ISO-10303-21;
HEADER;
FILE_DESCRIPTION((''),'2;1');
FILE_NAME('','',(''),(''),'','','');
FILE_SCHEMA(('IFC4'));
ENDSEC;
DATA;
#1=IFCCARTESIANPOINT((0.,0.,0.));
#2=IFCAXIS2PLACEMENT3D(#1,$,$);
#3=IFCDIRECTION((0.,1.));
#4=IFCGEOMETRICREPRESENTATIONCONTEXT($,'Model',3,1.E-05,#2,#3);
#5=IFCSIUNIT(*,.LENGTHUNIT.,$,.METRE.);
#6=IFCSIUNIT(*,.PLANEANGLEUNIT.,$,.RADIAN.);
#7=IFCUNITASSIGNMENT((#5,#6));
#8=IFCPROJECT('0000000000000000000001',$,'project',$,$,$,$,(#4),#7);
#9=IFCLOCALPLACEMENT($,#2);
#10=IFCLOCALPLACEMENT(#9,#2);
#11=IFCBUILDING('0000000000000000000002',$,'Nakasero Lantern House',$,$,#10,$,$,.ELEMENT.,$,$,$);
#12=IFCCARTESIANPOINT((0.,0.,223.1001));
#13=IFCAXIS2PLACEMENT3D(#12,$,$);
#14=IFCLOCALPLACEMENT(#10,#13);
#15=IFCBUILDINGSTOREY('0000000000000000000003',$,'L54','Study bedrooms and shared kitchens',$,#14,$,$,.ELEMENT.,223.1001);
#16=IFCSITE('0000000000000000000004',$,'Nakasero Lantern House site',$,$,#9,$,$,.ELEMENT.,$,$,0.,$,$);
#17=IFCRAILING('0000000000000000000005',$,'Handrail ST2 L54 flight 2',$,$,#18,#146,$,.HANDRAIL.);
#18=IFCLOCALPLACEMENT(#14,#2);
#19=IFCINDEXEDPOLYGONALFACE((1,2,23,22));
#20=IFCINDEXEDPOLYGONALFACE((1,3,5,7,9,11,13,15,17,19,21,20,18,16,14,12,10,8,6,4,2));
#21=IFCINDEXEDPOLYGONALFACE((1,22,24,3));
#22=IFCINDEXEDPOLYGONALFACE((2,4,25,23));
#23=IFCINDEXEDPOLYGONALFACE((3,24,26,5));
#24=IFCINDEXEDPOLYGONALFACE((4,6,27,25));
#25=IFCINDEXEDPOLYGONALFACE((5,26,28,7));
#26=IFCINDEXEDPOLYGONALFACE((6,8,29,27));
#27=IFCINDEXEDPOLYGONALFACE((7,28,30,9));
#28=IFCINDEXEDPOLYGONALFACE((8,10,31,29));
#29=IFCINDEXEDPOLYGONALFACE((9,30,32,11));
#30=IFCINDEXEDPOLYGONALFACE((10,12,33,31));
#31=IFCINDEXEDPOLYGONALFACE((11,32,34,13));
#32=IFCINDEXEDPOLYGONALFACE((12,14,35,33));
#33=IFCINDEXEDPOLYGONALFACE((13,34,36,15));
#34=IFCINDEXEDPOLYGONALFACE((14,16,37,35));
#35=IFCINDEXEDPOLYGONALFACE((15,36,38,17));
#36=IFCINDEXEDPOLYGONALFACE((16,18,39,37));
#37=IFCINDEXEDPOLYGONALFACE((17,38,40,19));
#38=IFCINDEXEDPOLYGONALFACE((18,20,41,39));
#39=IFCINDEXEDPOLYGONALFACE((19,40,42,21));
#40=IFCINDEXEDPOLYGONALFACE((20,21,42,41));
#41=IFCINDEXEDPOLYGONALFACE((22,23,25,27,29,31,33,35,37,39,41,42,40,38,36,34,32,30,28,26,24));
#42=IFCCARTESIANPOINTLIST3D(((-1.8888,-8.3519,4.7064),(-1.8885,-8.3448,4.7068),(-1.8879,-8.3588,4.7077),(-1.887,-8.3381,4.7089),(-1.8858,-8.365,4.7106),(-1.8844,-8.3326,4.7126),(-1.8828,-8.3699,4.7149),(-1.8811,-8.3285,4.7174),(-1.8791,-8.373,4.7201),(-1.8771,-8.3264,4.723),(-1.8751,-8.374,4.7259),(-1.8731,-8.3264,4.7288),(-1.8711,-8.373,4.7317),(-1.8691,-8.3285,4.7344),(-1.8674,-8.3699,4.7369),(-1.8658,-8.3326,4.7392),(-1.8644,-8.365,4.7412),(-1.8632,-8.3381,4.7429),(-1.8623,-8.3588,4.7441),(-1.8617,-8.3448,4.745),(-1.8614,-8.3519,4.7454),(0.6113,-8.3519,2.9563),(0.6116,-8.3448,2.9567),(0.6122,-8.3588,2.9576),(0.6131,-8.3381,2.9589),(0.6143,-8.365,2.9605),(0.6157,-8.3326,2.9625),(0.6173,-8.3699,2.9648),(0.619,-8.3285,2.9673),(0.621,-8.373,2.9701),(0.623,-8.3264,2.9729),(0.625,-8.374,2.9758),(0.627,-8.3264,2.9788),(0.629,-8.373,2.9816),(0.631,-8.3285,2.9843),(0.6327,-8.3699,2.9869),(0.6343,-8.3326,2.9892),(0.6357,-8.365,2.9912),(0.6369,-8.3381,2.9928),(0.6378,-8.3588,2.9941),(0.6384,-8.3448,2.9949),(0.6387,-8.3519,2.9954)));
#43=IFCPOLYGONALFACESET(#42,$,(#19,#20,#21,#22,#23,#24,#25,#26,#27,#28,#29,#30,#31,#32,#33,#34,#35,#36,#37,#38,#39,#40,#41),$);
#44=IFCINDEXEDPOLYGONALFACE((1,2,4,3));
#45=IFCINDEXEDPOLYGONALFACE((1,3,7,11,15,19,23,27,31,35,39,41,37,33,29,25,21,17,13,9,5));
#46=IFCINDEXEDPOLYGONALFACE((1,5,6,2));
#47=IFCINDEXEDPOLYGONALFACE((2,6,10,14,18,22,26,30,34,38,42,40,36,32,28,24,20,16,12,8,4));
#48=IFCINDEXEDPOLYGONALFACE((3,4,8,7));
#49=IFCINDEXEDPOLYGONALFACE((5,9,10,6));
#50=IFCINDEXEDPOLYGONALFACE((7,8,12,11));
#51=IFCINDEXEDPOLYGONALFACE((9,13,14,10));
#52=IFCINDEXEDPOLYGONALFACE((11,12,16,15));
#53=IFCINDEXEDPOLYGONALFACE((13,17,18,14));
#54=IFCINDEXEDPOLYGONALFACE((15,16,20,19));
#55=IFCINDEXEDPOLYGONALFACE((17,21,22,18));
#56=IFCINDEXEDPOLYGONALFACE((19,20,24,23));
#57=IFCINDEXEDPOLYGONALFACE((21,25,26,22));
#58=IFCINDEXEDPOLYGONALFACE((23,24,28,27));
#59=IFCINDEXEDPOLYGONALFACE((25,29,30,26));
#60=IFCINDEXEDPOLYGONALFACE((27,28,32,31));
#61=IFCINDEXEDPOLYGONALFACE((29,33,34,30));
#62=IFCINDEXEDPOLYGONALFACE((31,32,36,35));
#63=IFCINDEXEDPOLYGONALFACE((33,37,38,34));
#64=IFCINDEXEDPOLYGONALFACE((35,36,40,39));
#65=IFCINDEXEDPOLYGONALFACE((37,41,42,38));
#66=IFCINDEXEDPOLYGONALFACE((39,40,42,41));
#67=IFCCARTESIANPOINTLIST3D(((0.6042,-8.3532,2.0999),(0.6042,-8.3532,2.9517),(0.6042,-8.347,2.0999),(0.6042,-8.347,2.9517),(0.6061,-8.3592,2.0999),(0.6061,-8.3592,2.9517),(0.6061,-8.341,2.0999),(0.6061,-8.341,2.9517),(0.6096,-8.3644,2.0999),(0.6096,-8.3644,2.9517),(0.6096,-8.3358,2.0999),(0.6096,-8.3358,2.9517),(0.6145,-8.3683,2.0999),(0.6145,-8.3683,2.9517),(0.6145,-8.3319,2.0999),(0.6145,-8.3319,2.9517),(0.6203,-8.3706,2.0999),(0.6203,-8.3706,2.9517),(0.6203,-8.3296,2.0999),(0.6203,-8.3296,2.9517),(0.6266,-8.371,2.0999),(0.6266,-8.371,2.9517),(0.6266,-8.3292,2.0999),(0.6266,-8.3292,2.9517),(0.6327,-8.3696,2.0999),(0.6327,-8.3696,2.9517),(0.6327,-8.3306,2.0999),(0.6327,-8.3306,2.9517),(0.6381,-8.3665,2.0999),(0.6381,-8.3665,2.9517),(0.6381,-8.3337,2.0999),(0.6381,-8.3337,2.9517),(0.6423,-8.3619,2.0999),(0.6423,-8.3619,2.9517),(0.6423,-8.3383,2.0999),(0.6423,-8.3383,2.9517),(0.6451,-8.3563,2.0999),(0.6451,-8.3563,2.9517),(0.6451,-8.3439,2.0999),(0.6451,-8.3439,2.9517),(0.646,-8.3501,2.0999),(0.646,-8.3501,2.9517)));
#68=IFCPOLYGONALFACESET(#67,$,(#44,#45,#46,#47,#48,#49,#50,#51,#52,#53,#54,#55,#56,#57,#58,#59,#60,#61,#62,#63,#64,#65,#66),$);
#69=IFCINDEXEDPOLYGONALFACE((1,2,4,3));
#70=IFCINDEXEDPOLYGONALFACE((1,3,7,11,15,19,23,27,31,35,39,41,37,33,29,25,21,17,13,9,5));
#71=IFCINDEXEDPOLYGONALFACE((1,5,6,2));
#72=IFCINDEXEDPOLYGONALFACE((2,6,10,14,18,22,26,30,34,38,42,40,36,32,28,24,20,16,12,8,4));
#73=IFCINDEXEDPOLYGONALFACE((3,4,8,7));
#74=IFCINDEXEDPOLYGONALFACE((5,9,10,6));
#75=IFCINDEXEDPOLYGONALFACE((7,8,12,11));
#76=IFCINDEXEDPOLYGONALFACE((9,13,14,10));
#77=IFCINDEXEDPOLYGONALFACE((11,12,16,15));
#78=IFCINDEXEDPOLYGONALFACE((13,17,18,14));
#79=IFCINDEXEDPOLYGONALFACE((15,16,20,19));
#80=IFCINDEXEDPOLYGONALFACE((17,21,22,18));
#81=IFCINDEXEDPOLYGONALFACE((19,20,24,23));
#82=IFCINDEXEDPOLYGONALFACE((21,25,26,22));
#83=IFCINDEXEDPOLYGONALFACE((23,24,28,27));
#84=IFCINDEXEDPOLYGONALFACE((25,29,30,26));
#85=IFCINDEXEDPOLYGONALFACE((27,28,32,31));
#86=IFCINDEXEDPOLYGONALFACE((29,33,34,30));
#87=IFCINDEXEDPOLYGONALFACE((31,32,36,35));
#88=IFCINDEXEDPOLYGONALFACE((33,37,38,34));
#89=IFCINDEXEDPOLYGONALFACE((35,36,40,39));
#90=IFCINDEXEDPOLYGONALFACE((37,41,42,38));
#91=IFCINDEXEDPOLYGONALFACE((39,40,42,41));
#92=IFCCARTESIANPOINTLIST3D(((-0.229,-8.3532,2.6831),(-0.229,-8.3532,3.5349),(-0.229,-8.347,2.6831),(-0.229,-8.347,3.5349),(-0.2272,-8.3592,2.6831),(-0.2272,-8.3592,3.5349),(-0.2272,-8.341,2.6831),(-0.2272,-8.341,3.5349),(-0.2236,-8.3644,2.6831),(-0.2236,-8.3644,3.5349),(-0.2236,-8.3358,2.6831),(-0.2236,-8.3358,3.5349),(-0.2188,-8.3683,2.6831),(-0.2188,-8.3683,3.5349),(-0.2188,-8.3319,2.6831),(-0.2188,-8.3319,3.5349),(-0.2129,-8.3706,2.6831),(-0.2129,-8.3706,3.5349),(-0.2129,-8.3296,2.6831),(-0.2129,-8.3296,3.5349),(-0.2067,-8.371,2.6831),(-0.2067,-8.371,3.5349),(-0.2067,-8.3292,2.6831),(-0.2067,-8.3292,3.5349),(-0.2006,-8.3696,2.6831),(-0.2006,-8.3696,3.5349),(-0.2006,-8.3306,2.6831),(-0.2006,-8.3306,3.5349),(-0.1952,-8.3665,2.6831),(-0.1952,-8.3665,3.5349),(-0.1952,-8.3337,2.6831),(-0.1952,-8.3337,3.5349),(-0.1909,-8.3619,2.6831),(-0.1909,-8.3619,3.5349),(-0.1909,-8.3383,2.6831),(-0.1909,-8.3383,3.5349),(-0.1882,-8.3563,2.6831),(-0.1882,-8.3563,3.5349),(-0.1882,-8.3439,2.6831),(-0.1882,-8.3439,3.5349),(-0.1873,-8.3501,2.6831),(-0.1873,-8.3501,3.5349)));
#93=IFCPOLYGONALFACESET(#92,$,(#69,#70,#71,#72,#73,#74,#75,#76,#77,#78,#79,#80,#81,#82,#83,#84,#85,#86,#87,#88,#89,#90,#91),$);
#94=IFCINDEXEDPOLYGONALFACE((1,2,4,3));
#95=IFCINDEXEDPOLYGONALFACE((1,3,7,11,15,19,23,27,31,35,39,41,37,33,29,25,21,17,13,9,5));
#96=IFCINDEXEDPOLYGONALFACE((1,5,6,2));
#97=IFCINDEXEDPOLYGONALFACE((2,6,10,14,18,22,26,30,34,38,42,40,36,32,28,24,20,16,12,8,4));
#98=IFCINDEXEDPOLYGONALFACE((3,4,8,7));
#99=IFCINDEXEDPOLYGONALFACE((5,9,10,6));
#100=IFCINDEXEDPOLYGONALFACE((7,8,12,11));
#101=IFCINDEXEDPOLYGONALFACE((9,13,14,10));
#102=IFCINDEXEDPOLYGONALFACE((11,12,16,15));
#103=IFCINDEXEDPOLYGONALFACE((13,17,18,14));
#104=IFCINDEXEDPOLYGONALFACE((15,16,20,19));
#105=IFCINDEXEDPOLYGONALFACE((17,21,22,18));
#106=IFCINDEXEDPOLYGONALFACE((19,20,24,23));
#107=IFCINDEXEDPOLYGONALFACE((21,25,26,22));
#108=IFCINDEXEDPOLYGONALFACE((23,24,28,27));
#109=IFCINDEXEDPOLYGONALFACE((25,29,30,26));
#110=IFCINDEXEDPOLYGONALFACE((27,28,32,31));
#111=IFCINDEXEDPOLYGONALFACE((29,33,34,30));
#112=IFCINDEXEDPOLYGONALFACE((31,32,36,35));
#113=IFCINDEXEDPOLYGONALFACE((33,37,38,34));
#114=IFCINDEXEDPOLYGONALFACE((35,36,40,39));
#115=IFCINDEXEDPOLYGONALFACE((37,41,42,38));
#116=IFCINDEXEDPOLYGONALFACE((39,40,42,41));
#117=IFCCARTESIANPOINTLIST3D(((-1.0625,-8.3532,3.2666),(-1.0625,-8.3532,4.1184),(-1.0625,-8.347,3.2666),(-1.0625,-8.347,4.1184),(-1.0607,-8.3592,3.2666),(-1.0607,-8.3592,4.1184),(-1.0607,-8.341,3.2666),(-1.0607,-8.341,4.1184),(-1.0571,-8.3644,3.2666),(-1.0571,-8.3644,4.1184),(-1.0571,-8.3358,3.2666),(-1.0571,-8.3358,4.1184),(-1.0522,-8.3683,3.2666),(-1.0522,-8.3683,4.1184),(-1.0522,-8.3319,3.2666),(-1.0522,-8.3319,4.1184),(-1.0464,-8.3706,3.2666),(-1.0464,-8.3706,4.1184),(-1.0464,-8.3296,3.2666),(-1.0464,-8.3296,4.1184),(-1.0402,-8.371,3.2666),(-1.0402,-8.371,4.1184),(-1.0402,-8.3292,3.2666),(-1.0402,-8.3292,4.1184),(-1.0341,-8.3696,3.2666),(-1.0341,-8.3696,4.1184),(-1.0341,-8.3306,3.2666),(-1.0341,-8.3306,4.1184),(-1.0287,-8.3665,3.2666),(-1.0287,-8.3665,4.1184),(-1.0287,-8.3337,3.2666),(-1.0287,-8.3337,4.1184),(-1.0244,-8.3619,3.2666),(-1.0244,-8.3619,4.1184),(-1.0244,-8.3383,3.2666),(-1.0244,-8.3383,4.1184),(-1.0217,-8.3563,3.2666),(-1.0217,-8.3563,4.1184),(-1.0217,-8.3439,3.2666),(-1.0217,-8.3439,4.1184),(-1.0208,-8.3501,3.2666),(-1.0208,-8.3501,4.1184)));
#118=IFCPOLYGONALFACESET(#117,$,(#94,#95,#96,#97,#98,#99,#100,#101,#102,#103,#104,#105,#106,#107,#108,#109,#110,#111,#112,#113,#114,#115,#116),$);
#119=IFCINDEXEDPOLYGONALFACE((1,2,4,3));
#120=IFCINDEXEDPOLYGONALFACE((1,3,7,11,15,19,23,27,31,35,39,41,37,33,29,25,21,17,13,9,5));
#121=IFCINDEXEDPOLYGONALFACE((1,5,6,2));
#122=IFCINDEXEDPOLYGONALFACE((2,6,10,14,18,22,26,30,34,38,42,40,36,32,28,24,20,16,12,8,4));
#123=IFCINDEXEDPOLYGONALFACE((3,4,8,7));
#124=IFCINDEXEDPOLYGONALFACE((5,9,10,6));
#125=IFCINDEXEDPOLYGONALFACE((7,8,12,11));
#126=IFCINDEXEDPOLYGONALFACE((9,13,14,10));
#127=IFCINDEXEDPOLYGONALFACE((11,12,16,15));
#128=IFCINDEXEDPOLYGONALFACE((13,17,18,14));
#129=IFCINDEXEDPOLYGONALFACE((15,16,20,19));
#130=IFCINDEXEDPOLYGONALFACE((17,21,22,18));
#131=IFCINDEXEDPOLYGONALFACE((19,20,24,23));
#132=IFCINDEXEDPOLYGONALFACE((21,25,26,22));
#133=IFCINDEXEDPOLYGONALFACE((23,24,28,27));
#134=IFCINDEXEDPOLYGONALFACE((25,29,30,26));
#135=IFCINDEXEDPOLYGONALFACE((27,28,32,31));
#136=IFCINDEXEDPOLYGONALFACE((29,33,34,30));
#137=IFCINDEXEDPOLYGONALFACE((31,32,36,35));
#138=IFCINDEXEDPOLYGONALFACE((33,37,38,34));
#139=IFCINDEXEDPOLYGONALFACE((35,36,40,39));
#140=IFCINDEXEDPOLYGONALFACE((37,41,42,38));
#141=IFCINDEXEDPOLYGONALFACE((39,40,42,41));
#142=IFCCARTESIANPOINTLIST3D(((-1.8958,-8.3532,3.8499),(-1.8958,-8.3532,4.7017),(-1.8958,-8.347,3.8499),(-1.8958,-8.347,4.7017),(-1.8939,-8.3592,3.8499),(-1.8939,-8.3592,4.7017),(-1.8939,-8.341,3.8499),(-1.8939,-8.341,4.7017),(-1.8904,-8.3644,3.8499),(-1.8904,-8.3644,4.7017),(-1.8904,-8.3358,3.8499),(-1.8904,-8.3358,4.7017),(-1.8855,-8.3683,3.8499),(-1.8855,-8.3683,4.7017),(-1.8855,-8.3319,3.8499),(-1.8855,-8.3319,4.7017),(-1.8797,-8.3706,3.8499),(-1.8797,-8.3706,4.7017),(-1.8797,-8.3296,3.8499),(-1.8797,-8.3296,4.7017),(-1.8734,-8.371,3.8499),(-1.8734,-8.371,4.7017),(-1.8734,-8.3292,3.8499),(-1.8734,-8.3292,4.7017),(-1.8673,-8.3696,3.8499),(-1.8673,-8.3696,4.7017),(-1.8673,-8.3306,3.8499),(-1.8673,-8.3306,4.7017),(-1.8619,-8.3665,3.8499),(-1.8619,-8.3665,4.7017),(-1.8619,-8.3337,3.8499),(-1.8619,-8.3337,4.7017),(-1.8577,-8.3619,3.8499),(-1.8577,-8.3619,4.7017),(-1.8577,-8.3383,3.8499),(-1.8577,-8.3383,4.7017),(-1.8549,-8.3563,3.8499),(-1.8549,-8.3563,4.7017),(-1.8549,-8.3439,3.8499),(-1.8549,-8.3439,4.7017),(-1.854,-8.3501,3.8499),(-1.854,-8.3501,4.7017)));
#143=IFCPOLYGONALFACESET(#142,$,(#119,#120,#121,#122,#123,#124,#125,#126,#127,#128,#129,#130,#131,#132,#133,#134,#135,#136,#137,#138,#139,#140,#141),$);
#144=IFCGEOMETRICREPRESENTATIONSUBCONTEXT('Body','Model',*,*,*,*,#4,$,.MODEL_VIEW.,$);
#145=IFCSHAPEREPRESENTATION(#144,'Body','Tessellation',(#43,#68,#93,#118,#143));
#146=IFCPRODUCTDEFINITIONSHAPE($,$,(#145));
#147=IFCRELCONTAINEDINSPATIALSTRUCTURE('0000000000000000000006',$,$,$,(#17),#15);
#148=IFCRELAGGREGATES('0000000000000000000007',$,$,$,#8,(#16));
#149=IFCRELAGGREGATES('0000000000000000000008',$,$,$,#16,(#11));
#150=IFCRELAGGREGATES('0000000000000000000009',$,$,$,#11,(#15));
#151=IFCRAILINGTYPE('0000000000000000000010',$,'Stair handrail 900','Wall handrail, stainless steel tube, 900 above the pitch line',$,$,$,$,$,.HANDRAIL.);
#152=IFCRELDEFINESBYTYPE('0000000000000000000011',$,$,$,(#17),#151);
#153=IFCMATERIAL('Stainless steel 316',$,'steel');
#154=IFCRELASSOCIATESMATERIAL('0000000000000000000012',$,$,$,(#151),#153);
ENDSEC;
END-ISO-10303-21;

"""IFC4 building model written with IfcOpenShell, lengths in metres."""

from ifc_helpers import new_model, si_unit, direction, frame, origin, origin_2d, place, context, subcontext, project, spatial, circle, extrude, material, type_object, element, save


model = new_model("IFC4")

# Units and contexts
model_context = context("Model", 3, precision=1e-05, world=origin(), true_north=direction((0.0, 1.0)))
body_context = subcontext(model_context, "Body", "Model", "MODEL_VIEW")
ifc_project = project(units=[si_unit("LENGTHUNIT", "METRE"), si_unit("PLANEANGLEUNIT", "RADIAN")], contexts=[model_context])

# Site, building, storey
site_placement = place(None, origin())
site = spatial("IfcSite", under=ifc_project, at=site_placement, Name="Nakasero Lantern House site", CompositionType="ELEMENT", RefElevation=0.0)
building_placement = place(site_placement, origin())
building = spatial("IfcBuilding", under=site, at=building_placement, Name="Nakasero Lantern House", CompositionType="ELEMENT")
storey_placement = place(building_placement, frame((0.0, 0.0, 223.1001)))
storey = spatial("IfcBuildingStorey", under=building, at=storey_placement, Name="L54", Description="Study bedrooms and shared kitchens", CompositionType="ELEMENT", Elevation=223.1001)

# Railing
ifc_material_1 = material(Name="Stainless steel 316", Category="steel")
railing_type = type_object("IfcRailingType", Name="Stair handrail 900", Description="Wall handrail, stainless steel tube, 900 above the pitch line", PredefinedType="HANDRAIL", material=ifc_material_1)
railing_placement = place(storey_placement, frame((0.625, -8.3501, 2.0999)))
element("IfcRailing", 1, at=railing_placement, inside=storey, type_object=railing_type, Name="Handrail ST2 L54 flight 2", PredefinedType="HANDRAIL", context=body_context, shape_type="SweptSolid", body=[
    extrude(circle(Radius=0.0239, at=origin_2d()), frame((0.0, 0.0, 0.876), z_axis=(-0.819232, 0.0, 0.573462), x_axis=(0.0, -1.0, 0.0)), (0.0, 0.0, 1.0), 3.0518),
    extrude(circle(Radius=0.021, at=origin_2d()), origin(), (0.0, 0.0, 1.0), 0.8518),
    extrude(circle(Radius=0.021, at=origin_2d()), frame((-0.8333, 0.0, 0.5833)), (0.0, 0.0, 1.0), 0.8518),
    extrude(circle(Radius=0.021, at=origin_2d()), frame((-1.6667, 0.0, 1.1667)), (0.0, 0.0, 1.0), 0.8518),
    extrude(circle(Radius=0.021, at=origin_2d()), frame((-2.5, 0.0, 1.75)), (0.0, 0.0, 1.0), 0.8518),
])

save(model, "model.ifc")
